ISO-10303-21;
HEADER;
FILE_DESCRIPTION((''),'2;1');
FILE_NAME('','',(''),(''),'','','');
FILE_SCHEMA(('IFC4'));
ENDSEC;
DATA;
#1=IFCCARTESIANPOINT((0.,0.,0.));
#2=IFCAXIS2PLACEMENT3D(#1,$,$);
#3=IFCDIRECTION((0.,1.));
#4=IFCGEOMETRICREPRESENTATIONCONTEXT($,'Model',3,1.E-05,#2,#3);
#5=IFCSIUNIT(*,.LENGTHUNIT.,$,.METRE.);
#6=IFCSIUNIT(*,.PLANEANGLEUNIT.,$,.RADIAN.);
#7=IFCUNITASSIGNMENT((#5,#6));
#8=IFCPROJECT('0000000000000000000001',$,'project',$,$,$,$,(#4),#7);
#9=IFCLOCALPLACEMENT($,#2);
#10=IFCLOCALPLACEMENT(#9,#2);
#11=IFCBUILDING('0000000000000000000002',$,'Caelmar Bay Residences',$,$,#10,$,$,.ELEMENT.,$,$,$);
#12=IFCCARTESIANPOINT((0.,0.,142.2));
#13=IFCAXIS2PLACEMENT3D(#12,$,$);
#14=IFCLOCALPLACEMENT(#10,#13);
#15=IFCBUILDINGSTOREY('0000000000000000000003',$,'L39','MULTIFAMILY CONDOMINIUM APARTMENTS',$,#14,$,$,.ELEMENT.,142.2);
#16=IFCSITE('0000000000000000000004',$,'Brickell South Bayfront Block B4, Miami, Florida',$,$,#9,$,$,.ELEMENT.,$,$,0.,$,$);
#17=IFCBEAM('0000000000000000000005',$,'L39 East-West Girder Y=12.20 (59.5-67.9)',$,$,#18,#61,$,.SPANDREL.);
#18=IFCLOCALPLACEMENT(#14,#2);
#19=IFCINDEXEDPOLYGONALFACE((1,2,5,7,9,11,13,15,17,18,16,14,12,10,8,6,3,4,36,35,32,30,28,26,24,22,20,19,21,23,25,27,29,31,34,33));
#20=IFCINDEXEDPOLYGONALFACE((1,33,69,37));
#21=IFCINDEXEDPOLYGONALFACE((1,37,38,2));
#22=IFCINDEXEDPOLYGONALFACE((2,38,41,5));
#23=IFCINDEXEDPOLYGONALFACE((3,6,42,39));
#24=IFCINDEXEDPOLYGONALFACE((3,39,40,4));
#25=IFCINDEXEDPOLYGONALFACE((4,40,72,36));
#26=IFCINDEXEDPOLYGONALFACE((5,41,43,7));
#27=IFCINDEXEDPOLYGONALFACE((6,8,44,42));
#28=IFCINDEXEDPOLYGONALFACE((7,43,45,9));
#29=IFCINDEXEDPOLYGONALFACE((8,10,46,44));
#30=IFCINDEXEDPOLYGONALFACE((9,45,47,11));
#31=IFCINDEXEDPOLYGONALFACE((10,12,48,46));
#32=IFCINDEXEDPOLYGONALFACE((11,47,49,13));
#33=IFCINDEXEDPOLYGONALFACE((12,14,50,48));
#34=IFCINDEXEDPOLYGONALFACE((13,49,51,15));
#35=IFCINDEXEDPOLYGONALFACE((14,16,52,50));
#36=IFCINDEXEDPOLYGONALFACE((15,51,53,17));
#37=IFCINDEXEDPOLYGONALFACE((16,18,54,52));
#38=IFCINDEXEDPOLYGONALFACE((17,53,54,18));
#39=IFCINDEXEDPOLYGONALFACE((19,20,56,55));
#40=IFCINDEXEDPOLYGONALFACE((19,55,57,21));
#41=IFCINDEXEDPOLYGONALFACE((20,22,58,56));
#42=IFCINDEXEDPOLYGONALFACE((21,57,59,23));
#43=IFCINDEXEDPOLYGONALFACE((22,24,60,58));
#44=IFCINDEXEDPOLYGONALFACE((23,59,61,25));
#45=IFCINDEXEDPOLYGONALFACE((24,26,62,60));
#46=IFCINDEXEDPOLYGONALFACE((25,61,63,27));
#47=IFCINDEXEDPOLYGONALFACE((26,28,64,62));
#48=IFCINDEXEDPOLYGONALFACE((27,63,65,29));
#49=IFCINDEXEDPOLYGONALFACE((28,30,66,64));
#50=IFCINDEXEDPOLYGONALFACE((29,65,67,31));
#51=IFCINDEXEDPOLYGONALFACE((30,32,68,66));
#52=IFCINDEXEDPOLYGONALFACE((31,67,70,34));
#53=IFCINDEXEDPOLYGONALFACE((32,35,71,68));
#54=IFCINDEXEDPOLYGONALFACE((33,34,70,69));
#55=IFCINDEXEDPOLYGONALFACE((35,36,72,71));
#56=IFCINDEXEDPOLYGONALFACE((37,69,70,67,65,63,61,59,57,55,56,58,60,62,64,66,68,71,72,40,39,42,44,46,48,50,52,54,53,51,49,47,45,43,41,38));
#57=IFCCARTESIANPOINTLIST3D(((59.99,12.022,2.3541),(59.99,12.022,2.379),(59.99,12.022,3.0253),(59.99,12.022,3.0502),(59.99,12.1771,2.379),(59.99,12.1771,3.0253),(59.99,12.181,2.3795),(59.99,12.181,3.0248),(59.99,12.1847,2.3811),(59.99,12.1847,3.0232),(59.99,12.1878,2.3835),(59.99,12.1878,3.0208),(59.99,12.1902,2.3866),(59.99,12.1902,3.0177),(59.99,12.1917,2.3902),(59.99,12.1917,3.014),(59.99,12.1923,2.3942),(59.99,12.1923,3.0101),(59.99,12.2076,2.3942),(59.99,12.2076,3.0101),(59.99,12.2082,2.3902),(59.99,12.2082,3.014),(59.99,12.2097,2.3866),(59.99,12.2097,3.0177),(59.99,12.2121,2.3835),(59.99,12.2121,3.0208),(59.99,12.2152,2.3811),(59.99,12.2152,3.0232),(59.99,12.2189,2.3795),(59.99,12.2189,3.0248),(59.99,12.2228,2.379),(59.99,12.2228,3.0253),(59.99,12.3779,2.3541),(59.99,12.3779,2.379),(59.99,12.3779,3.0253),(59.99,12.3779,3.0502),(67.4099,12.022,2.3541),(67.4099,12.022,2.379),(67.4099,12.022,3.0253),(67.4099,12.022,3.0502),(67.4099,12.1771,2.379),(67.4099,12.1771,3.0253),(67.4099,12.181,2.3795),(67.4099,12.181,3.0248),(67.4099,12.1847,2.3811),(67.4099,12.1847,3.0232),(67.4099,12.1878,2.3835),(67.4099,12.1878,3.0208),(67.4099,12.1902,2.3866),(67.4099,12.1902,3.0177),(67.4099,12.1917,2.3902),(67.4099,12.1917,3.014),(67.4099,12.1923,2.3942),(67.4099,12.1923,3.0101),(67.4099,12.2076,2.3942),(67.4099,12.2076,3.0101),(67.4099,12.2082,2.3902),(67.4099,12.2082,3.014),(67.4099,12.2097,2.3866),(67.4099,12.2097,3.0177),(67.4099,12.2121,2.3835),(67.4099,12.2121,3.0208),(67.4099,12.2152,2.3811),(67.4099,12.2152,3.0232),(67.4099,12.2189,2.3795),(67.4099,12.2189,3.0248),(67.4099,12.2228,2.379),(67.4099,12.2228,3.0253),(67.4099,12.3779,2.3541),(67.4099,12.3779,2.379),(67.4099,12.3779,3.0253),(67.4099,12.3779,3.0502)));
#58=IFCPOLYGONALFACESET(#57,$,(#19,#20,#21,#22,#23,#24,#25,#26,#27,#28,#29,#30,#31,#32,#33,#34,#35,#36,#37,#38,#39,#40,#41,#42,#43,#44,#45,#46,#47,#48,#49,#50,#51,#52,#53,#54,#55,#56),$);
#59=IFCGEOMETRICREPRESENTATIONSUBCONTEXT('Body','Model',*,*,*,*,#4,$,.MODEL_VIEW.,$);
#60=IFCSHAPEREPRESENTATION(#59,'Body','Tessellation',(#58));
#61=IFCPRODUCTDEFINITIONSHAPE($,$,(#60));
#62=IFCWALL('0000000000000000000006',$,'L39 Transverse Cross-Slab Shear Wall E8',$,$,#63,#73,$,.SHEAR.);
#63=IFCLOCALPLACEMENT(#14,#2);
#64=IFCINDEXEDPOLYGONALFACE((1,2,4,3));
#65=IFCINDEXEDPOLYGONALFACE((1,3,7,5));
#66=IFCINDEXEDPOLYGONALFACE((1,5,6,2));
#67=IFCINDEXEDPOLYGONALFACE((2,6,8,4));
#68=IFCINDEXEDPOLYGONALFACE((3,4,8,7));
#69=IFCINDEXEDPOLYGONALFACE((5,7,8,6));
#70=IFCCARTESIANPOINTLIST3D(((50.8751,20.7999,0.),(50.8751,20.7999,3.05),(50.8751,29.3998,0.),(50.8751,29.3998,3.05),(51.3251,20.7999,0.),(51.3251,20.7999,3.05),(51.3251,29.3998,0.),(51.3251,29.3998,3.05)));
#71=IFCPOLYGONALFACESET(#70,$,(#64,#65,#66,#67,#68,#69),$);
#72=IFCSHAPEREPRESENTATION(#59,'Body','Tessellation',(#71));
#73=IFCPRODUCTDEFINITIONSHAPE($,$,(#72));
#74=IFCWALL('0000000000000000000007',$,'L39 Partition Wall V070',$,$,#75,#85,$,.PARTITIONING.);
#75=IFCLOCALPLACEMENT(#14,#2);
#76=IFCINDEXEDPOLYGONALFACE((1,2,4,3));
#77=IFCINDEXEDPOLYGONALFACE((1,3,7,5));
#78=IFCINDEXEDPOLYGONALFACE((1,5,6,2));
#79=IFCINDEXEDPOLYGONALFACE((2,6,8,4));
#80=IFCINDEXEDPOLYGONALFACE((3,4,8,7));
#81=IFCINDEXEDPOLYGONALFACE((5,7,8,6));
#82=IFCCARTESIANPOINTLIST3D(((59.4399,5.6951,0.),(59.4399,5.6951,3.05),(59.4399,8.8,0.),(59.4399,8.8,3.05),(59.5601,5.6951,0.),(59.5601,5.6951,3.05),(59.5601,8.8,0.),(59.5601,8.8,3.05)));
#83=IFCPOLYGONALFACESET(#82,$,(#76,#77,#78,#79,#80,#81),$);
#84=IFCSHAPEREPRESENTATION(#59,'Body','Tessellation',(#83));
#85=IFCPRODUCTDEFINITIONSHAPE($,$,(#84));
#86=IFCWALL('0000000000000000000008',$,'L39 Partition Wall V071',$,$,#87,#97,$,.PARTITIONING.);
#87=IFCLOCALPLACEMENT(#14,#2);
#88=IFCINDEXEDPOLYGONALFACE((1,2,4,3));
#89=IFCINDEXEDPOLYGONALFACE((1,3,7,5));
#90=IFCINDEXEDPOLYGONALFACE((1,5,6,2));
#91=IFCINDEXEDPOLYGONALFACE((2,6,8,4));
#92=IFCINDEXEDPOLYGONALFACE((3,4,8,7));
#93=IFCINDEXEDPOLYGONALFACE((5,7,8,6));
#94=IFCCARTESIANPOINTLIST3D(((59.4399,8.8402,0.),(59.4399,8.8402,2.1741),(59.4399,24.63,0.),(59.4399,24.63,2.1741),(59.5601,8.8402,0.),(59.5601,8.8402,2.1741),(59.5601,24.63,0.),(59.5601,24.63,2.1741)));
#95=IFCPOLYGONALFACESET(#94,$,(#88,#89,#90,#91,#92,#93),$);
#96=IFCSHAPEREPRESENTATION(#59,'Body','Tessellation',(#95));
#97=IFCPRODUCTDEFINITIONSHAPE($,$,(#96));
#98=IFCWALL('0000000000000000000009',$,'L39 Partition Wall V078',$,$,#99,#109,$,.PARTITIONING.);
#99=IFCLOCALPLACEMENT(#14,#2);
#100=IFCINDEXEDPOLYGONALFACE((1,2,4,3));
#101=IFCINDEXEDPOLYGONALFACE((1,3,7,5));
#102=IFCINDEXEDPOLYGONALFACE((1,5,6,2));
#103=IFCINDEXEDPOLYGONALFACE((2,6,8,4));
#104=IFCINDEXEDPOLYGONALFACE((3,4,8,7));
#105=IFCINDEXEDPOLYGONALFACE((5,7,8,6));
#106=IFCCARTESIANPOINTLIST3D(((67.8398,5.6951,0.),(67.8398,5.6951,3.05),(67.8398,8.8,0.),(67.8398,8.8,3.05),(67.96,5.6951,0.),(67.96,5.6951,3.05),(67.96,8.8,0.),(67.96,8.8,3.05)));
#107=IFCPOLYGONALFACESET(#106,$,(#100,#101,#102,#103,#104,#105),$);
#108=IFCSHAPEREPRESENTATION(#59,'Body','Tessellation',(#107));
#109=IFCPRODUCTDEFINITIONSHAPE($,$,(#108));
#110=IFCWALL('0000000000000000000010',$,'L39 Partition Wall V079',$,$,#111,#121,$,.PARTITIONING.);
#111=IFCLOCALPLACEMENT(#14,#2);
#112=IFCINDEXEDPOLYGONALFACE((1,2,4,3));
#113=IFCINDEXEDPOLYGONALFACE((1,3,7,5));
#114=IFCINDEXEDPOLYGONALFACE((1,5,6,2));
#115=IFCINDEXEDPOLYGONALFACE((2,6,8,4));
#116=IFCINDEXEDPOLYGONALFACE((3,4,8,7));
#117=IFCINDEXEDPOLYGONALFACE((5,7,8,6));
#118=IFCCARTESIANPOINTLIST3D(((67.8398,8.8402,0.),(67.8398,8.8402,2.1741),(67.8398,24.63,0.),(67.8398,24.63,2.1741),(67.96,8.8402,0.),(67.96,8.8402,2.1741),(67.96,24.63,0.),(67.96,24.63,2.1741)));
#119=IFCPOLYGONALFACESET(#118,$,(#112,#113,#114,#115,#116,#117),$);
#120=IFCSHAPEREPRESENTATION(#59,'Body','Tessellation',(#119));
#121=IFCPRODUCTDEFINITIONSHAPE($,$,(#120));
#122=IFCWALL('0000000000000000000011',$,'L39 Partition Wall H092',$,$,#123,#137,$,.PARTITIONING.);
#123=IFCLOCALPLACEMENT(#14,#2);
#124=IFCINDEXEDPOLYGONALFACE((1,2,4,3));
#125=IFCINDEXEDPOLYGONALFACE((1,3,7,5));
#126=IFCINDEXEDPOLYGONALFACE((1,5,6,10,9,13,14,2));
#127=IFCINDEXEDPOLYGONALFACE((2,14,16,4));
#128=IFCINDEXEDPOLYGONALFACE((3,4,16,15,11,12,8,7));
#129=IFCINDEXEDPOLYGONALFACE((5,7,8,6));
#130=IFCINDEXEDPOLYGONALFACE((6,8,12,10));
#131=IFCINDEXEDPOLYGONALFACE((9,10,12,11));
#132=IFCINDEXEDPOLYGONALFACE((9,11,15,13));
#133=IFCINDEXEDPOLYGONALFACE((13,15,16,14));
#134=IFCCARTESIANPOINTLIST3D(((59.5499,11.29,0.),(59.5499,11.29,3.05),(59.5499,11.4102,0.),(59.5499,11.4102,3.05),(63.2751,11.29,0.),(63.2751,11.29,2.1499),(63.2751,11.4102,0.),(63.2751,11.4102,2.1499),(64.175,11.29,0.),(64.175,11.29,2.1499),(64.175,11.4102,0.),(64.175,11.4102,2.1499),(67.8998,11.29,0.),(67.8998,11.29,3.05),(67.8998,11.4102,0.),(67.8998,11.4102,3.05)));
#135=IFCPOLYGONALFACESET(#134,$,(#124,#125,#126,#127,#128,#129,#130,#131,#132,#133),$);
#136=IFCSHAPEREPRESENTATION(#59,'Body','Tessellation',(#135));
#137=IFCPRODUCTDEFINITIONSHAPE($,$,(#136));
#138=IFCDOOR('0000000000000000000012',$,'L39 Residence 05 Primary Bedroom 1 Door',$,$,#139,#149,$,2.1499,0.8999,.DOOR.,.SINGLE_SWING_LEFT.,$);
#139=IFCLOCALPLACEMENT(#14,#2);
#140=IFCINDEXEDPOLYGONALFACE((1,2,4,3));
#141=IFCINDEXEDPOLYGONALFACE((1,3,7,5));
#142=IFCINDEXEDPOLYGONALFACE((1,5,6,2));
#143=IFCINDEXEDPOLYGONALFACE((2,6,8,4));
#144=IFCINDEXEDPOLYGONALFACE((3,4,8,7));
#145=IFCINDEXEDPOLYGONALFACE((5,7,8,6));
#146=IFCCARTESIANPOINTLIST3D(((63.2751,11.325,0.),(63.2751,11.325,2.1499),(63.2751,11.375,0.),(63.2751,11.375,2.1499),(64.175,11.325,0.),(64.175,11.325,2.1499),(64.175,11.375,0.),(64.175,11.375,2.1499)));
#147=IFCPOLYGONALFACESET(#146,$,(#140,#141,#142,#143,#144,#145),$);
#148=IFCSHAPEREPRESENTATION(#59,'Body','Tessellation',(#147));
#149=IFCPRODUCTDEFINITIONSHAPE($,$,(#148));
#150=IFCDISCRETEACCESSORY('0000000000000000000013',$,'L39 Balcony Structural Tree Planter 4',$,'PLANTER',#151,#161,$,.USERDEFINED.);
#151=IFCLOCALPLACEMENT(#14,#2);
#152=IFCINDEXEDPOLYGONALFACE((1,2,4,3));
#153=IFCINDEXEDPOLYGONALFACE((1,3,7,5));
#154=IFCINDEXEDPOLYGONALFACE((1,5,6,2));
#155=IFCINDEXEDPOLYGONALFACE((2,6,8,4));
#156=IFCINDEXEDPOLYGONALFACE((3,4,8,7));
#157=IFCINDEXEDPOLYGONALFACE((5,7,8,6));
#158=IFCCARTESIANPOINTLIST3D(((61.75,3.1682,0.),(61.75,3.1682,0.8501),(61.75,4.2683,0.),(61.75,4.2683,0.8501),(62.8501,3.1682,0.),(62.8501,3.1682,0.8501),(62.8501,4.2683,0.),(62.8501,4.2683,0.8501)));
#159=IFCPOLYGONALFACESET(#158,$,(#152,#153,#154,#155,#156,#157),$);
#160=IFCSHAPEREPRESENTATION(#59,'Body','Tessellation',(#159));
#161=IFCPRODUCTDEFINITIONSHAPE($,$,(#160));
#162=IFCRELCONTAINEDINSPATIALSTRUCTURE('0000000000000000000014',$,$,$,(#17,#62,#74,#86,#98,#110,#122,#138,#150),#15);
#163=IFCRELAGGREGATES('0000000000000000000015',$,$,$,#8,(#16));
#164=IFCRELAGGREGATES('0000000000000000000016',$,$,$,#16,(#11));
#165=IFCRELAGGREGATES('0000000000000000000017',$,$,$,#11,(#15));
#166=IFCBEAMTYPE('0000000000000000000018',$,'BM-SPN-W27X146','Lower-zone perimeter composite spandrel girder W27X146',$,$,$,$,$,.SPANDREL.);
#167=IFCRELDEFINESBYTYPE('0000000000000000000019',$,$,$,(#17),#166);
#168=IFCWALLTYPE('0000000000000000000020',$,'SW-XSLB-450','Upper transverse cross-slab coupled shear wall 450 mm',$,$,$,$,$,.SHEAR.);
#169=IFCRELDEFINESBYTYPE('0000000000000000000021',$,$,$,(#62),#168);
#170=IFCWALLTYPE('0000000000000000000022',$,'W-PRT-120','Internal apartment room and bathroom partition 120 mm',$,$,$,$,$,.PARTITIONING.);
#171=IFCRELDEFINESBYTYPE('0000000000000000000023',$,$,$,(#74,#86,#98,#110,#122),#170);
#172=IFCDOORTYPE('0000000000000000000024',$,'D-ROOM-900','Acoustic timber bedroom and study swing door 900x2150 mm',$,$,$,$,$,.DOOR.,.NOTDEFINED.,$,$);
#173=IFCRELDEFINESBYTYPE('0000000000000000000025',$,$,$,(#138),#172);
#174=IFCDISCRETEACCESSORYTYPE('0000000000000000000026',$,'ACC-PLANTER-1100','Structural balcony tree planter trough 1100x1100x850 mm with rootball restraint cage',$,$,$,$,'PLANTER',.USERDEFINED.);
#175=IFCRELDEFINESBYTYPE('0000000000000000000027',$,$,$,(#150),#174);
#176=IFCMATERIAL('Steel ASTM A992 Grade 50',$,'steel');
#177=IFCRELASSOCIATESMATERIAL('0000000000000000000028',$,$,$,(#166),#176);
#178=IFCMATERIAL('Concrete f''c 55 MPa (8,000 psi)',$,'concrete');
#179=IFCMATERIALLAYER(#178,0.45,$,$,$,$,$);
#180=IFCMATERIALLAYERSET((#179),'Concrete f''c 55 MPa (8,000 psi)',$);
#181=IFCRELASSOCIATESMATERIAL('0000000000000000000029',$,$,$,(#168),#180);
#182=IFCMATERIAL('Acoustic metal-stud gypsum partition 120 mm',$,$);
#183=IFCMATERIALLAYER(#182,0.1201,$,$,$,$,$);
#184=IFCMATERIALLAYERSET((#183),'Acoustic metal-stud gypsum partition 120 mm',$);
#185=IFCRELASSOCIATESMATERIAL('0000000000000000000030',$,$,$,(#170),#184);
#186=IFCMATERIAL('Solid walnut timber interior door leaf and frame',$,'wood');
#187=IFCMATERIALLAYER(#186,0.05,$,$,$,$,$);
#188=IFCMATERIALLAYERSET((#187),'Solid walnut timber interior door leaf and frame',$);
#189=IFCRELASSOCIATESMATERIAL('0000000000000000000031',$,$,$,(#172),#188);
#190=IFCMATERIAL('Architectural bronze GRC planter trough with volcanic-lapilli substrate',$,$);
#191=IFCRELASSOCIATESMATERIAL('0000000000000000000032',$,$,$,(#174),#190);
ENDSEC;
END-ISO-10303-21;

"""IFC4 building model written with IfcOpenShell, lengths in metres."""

from ifc_helpers import new_model, si_unit, direction, frame, frame_2d, origin, origin_2d, place, context, subcontext, project, spatial, rectangle, i_section, extrude, material, layer, layer_set, material_profile, profile_set, type_object, element, fill, save


model = new_model("IFC4")

# Units and contexts
model_context = context("Model", 3, precision=1e-05, world=origin(), true_north=direction((0.0, 1.0)))
body_context = subcontext(model_context, "Body", "Model", "MODEL_VIEW")
ifc_project = project(units=[si_unit("LENGTHUNIT", "METRE"), si_unit("PLANEANGLEUNIT", "RADIAN")], contexts=[model_context])

# Site, building, storey
site_placement = place(None, origin())
site = spatial("IfcSite", under=ifc_project, at=site_placement, Name="Brickell South Bayfront Block B4, Miami, Florida", CompositionType="ELEMENT", RefElevation=0.0)
building_placement = place(site_placement, origin())
building = spatial("IfcBuilding", under=site, at=building_placement, Name="Caelmar Bay Residences", CompositionType="ELEMENT")
storey_placement = place(building_placement, frame((0.0, 0.0, 142.2)))
storey = spatial("IfcBuildingStorey", under=building, at=storey_placement, Name="L39", Description="MULTIFAMILY CONDOMINIUM APARTMENTS", CompositionType="ELEMENT", Elevation=142.2)

# Beam
ifc_material_1 = material(Name="Steel ASTM A992 Grade 50", Category="steel")
ifc_material_profile_1 = material_profile(ifc_material_1, i_section(OverallWidth=0.356, OverallDepth=0.696, WebThickness=0.0154, FlangeThickness=0.0249, FilletRadius=0.0151, at=origin_2d()), Name="W27X146")
ifc_profile_set_1 = profile_set([ifc_material_profile_1], Name="Steel ASTM A992 Grade 50")
beam_type_1 = type_object("IfcBeamType", Name="BM-SPN-W27X146", Description="Lower-zone perimeter composite spandrel girder W27X146", PredefinedType="SPANDREL", material=ifc_profile_set_1)
for number, where, z_axis, x_axis, name in (
    (1, (59.99, 12.2, 2.7021), (1.0, 0.0, 0.0), (0.0, 1.0, 0.0), "L39 East-West Girder Y=12.20 (59.5-67.9)"),
):
    element("IfcBeam", number, at=place(storey_placement, frame(where, z_axis=z_axis, x_axis=x_axis)), inside=storey, type_object=beam_type_1, Name=name, PredefinedType="SPANDREL", context=body_context, shape_type="SweptSolid", body=[
        extrude(i_section(OverallWidth=0.356, OverallDepth=0.696, WebThickness=0.0154, FlangeThickness=0.0249, FilletRadius=0.0151, at=origin_2d()), origin(), (0.0, 0.0, 1.0), 7.4199),
    ])

# Walls
ifc_material_2 = material(Name="Concrete f'c 55 MPa (8,000 psi)", Category="concrete")
ifc_layer_1 = layer(ifc_material_2, 0.45)
ifc_layer_set_1 = layer_set([ifc_layer_1], Name="Concrete f'c 55 MPa (8,000 psi)")
wall_type_1 = type_object("IfcWallType", Name="SW-XSLB-450", Description="Upper transverse cross-slab coupled shear wall 450 mm", PredefinedType="SHEAR", material=ifc_layer_set_1)
wall_1_placement = place(storey_placement, frame((51.1001, 20.8, 0.0), z_axis=(0.0, 0.0, 1.0), x_axis=(0.0, 1.0, 0.0)))
element("IfcWall", 2, at=wall_1_placement, inside=storey, type_object=wall_type_1, Name="L39 Transverse Cross-Slab Shear Wall E8", PredefinedType="SHEAR", context=body_context, shape_type="SweptSolid", body=[
    extrude(rectangle(XDim=8.5999, YDim=0.45, at=frame_2d((4.2998, 0.0))), origin(), (0.0, 0.0, 1.0), 3.05),
])
ifc_material_3 = material(Name="Acoustic metal-stud gypsum partition 120 mm")
ifc_layer_2 = layer(ifc_material_3, 0.1201)
ifc_layer_set_2 = layer_set([ifc_layer_2], Name="Acoustic metal-stud gypsum partition 120 mm")
wall_type_2 = type_object("IfcWallType", Name="W-PRT-120", Description="Internal apartment room and bathroom partition 120 mm", PredefinedType="PARTITIONING", material=ifc_layer_set_2)
wall_2_placement = place(storey_placement, frame((59.5, 5.6951, 0.0), z_axis=(0.0, 0.0, 1.0), x_axis=(0.0, 1.0, 0.0)))
element("IfcWall", 3, at=wall_2_placement, inside=storey, type_object=wall_type_2, Name="L39 Partition Wall V070", PredefinedType="PARTITIONING", context=body_context, shape_type="SweptSolid", body=[
    extrude(rectangle(XDim=3.105, YDim=0.1201, at=frame_2d((1.5525, 0.0))), origin(), (0.0, 0.0, 1.0), 3.05),
])
wall_3_placement = place(storey_placement, frame((59.5, 8.8401, 0.0), z_axis=(0.0, 0.0, 1.0), x_axis=(0.0, 1.0, 0.0)))
element("IfcWall", 4, at=wall_3_placement, inside=storey, type_object=wall_type_2, Name="L39 Partition Wall V071", PredefinedType="PARTITIONING", context=body_context, shape_type="SweptSolid", body=[
    extrude(rectangle(XDim=15.7898, YDim=0.1201, at=frame_2d((7.895, 0.0))), origin(), (0.0, 0.0, 1.0), 2.1741),
])
wall_4_placement = place(storey_placement, frame((67.8999, 5.6951, 0.0), z_axis=(0.0, 0.0, 1.0), x_axis=(0.0, 1.0, 0.0)))
element("IfcWall", 5, at=wall_4_placement, inside=storey, type_object=wall_type_2, Name="L39 Partition Wall V078", PredefinedType="PARTITIONING", context=body_context, shape_type="SweptSolid", body=[
    extrude(rectangle(XDim=3.105, YDim=0.1201, at=frame_2d((1.5525, 0.0))), origin(), (0.0, 0.0, 1.0), 3.05),
])
wall_5_placement = place(storey_placement, frame((67.8999, 8.8401, 0.0), z_axis=(0.0, 0.0, 1.0), x_axis=(0.0, 1.0, 0.0)))
element("IfcWall", 6, at=wall_5_placement, inside=storey, type_object=wall_type_2, Name="L39 Partition Wall V079", PredefinedType="PARTITIONING", context=body_context, shape_type="SweptSolid", body=[
    extrude(rectangle(XDim=15.7898, YDim=0.1201, at=frame_2d((7.895, 0.0))), origin(), (0.0, 0.0, 1.0), 2.1741),
])

# Wall, opening, door
wall_6_placement = place(storey_placement, frame((59.55, 11.3501, 0.0), z_axis=(0.0, 0.0, 1.0), x_axis=(1.0, 0.0, 0.0)))
wall_6 = element("IfcWall", 7, at=wall_6_placement, inside=storey, type_object=wall_type_2, Name="L39 Partition Wall H092", PredefinedType="PARTITIONING", context=body_context, shape_type="SweptSolid", body=[
    extrude(rectangle(XDim=8.3499, YDim=0.1201, at=frame_2d((4.1748, 0.0))), origin(), (0.0, 0.0, 1.0), 3.05),
])
opening_placement = place(wall_6_placement, frame((3.7251, 0.0, 0.0)))
opening = element("IfcOpeningElement", 8, at=opening_placement, cuts=wall_6, PredefinedType="OPENING", context=body_context, shape_type="SweptSolid", body=[
    extrude(rectangle(XDim=0.8999, YDim=2.1499, at=frame_2d((0.45, 1.075))), frame((0.0, 0.0701, 0.0), z_axis=(0.0, -1.0, 0.0), x_axis=(1.0, 0.0, 0.0)), (0.0, 0.0, 1.0), 0.1401),
])
ifc_material_4 = material(Name="Solid walnut timber interior door leaf and frame", Category="wood")
ifc_layer_3 = layer(ifc_material_4, 0.05)
ifc_layer_set_3 = layer_set([ifc_layer_3], Name="Solid walnut timber interior door leaf and frame")
door_type = type_object("IfcDoorType", Name="D-ROOM-900", Description="Acoustic timber bedroom and study swing door 900x2150 mm", OperationType="NOTDEFINED", PredefinedType="DOOR", material=ifc_layer_set_3)
door_placement = place(opening_placement, origin())
door = element("IfcDoor", 9, at=door_placement, inside=storey, type_object=door_type, Name="L39 Residence 05 Primary Bedroom 1 Door", OperationType="SINGLE_SWING_LEFT", OverallHeight=2.1499, OverallWidth=0.8999, PredefinedType="DOOR", context=body_context, shape_type="SweptSolid", body=[
    extrude(rectangle(XDim=0.8999, YDim=2.1499, at=frame_2d((0.45, 1.075))), frame((0.0, 0.0249, 0.0), z_axis=(0.0, -1.0, 0.0), x_axis=(1.0, 0.0, 0.0)), (0.0, 0.0, 1.0), 0.05),
])
fill(opening, door)

# Discrete accessory
ifc_material_5 = material(Name="Architectural bronze GRC planter trough with volcanic-lapilli substrate")
discrete_accessory_type = type_object("IfcDiscreteAccessoryType", Name="ACC-PLANTER-1100", Description="Structural balcony tree planter trough 1100x1100x850 mm with rootball restraint cage", ElementType="PLANTER", PredefinedType="USERDEFINED", material=ifc_material_5)
discrete_accessory_placement = place(storey_placement, frame((62.3, 3.7183, 0.0), z_axis=(0.0, 0.0, 1.0), x_axis=(1.0, 0.0, 0.0)))
element("IfcDiscreteAccessory", 10, at=discrete_accessory_placement, inside=storey, type_object=discrete_accessory_type, Name="L39 Balcony Structural Tree Planter 4", ObjectType="PLANTER", PredefinedType="USERDEFINED", context=body_context, shape_type="SweptSolid", body=[
    extrude(rectangle(XDim=1.1001, YDim=1.1001, at=origin_2d()), origin(), (0.0, 0.0, 1.0), 0.8501),
])

save(model, "model.ifc")
